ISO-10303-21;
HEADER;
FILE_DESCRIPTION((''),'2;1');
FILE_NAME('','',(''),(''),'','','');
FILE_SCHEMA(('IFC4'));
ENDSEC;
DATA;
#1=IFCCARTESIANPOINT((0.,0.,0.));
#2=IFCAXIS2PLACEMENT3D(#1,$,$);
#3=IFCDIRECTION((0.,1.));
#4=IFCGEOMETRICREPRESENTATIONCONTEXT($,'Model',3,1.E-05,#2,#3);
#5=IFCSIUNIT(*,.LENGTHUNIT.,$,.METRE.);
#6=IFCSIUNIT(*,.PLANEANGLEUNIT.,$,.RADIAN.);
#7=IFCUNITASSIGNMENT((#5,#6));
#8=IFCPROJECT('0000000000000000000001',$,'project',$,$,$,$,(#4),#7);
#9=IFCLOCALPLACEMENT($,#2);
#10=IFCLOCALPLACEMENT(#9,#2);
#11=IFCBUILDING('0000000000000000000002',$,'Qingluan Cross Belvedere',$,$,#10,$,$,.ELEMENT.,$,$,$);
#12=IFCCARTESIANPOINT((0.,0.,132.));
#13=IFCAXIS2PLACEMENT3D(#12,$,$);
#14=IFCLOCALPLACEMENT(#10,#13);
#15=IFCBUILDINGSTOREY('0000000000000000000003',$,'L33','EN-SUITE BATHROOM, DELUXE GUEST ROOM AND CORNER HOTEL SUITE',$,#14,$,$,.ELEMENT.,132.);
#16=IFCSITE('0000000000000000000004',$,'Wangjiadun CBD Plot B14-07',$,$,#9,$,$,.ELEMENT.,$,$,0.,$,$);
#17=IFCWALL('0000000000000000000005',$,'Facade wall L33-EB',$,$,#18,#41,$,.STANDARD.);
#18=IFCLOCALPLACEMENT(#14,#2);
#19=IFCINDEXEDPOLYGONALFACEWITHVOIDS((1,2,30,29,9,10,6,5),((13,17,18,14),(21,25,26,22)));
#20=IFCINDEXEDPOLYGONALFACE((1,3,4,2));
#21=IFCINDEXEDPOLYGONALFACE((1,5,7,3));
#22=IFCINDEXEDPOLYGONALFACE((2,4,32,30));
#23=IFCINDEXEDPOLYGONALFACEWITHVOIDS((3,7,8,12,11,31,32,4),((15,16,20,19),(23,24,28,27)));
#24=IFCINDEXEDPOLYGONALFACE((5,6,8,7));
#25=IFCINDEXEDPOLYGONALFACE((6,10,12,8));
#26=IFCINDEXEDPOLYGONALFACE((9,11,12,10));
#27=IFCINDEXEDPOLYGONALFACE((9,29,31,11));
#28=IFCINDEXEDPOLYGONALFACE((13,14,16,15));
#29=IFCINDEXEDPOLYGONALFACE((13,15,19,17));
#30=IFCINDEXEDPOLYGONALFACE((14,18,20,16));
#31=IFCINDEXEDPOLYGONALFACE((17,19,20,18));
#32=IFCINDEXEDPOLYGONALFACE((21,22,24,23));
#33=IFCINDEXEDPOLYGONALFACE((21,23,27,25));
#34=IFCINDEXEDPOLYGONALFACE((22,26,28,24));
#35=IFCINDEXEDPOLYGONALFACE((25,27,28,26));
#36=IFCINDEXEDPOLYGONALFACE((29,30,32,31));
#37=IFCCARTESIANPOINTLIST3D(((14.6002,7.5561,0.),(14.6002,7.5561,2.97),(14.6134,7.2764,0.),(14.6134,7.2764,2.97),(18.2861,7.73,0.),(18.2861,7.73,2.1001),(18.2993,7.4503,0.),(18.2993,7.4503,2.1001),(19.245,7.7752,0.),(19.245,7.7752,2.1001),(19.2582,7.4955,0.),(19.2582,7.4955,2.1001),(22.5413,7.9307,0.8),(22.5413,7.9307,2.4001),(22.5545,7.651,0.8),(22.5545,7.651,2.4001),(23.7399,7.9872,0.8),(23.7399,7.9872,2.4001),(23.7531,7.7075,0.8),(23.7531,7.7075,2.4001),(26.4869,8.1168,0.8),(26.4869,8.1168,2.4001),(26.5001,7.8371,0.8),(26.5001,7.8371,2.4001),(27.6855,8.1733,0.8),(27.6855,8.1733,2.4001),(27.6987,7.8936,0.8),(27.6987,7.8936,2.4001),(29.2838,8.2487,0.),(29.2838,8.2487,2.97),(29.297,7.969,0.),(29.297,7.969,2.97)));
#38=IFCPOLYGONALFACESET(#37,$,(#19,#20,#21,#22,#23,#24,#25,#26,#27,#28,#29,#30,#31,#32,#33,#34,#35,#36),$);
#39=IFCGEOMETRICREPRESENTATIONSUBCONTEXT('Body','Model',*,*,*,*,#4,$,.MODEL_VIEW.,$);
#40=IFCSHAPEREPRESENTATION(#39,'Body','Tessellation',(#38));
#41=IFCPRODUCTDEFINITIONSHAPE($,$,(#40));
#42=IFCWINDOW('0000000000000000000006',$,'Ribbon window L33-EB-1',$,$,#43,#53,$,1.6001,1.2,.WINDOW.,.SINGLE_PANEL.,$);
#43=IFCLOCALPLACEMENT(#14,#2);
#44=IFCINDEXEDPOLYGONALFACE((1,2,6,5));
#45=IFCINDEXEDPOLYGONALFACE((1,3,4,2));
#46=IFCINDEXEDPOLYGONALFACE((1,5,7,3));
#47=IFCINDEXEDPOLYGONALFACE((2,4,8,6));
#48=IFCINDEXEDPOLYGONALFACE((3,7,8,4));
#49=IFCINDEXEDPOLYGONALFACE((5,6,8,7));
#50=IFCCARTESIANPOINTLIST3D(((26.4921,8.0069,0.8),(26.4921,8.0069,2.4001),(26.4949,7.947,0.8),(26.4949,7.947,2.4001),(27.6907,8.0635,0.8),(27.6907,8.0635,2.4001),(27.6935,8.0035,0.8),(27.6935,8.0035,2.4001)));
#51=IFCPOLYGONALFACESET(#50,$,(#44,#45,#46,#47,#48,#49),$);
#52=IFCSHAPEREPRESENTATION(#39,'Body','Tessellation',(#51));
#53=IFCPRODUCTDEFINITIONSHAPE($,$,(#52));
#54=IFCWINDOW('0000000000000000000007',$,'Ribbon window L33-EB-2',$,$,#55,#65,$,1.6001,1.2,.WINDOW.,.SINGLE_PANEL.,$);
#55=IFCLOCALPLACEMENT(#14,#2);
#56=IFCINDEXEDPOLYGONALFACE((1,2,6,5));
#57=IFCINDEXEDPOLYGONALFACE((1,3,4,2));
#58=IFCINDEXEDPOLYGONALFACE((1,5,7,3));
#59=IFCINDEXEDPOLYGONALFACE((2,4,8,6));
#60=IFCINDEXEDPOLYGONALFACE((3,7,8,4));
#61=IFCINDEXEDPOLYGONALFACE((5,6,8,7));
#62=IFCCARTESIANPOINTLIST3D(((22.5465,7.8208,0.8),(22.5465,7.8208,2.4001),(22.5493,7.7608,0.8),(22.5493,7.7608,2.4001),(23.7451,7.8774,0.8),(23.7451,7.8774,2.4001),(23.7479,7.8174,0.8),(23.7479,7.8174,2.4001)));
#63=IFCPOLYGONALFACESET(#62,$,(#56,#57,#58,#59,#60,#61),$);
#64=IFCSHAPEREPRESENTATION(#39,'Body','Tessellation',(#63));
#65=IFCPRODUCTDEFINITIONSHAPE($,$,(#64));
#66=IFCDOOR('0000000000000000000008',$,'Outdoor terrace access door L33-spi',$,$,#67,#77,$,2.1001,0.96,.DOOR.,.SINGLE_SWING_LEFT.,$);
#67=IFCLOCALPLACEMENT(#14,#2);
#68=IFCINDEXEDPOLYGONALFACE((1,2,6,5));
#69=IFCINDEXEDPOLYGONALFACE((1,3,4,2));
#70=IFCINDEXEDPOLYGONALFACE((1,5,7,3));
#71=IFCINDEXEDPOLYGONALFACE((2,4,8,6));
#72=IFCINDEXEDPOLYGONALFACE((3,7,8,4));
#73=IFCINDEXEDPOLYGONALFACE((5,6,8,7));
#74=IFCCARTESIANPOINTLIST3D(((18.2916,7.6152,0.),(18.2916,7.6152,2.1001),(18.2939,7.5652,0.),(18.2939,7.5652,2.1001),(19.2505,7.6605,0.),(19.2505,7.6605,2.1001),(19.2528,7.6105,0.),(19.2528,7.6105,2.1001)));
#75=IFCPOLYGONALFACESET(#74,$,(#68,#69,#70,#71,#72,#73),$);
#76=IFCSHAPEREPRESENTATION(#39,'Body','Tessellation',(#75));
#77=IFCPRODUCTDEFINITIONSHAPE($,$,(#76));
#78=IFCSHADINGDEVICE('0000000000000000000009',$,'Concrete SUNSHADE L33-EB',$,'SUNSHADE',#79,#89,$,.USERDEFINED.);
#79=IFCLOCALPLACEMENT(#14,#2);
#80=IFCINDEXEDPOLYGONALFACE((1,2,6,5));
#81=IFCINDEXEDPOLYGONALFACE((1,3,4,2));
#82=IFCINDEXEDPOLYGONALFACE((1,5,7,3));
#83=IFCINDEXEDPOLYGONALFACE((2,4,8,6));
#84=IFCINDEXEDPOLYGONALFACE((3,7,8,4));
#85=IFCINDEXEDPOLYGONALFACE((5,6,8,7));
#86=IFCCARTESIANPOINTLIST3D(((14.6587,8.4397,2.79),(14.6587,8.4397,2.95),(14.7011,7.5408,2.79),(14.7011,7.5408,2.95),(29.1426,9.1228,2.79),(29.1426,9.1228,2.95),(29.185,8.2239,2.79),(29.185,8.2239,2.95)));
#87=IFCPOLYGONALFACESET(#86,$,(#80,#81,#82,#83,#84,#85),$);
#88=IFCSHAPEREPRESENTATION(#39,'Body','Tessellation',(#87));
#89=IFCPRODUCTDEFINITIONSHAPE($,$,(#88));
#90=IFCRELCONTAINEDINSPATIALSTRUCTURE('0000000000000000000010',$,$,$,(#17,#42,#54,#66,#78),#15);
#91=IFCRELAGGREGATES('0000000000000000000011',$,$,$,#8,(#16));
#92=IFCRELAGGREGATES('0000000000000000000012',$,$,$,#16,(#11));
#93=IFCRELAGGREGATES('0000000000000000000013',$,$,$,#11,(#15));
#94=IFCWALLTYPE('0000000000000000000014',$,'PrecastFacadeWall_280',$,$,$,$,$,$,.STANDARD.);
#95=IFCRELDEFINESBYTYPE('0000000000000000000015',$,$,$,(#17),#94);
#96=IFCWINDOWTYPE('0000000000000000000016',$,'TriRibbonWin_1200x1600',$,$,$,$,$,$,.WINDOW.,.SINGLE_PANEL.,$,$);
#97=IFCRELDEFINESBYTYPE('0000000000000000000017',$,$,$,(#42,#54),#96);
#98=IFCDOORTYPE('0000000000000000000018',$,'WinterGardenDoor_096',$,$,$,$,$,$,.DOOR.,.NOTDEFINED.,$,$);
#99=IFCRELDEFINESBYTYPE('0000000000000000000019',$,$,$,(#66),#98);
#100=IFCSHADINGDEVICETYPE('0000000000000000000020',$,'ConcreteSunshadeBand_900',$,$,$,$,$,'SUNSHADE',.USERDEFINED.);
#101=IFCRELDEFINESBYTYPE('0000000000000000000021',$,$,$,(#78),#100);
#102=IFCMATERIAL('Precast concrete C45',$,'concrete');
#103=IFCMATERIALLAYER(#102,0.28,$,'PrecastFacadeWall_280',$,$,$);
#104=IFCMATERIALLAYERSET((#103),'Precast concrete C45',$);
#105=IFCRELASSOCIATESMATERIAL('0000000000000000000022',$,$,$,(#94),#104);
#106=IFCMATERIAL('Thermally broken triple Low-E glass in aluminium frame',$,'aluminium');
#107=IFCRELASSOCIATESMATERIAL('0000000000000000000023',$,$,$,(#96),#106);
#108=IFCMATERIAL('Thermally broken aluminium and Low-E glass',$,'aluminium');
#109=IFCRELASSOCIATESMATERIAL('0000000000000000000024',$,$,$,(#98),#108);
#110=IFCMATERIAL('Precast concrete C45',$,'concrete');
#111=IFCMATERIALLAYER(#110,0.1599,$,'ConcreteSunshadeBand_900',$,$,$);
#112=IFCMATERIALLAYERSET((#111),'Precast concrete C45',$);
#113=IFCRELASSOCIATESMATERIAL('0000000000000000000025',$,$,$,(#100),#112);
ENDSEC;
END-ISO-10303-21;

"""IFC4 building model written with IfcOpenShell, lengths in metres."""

from ifc_helpers import new_model, si_unit, direction, frame, frame_2d, origin, origin_2d, place, context, subcontext, project, spatial, rectangle, extrude, material, layer, layer_set, type_object, element, fill, save


model = new_model("IFC4")

# Units and contexts
model_context = context("Model", 3, precision=1e-05, world=origin(), true_north=direction((0.0, 1.0)))
body_context = subcontext(model_context, "Body", "Model", "MODEL_VIEW")
ifc_project = project(units=[si_unit("LENGTHUNIT", "METRE"), si_unit("PLANEANGLEUNIT", "RADIAN")], contexts=[model_context])

# Site, building, storey
site_placement = place(None, origin())
site = spatial("IfcSite", under=ifc_project, at=site_placement, Name="Wangjiadun CBD Plot B14-07", CompositionType="ELEMENT", RefElevation=0.0)
building_placement = place(site_placement, origin())
building = spatial("IfcBuilding", under=site, at=building_placement, Name="Qingluan Cross Belvedere", CompositionType="ELEMENT")
storey_placement = place(building_placement, frame((0.0, 0.0, 132.0)))
storey = spatial("IfcBuildingStorey", under=building, at=storey_placement, Name="L33", Description="EN-SUITE BATHROOM, DELUXE GUEST ROOM AND CORNER HOTEL SUITE", CompositionType="ELEMENT", Elevation=132.0)

# Wall, openings, windows, door
ifc_material_1 = material(Name="Precast concrete C45", Category="concrete")
ifc_layer_1 = layer(ifc_material_1, 0.28, Name="PrecastFacadeWall_280")
ifc_layer_set_1 = layer_set([ifc_layer_1], Name="Precast concrete C45")
wall_type_1 = type_object("IfcWallType", Name="PrecastFacadeWall_280", PredefinedType="STANDARD", material=ifc_layer_set_1)
wall_1_placement = place(storey_placement, frame((29.2905, 8.1089, 0.0), z_axis=(0.0, 0.0, 1.0), x_axis=(-0.998889, -0.047118, 0.0)))
wall_1 = element("IfcWall", 1, at=wall_1_placement, inside=storey, type_object=wall_type_1, Name="Facade wall L33-EB", PredefinedType="STANDARD", context=body_context, shape_type="SweptSolid", body=[
    extrude(rectangle(XDim=14.7, YDim=0.28, at=frame_2d((7.3501, 0.0))), origin(), (0.0, 0.0, 1.0), 2.97),
])
opening_1_placement = place(wall_1_placement, frame((1.6001, 0.0, 0.8)))
opening_1 = element("IfcOpeningElement", 2, at=opening_1_placement, cuts=wall_1, PredefinedType="OPENING", context=body_context, shape_type="SweptSolid", body=[
    extrude(rectangle(XDim=1.2, YDim=1.6001, at=frame_2d((0.6001, 0.8))), frame((0.0, 0.1499, 0.0), z_axis=(0.0, -1.0, 0.0), x_axis=(1.0, 0.0, 0.0)), (0.0, 0.0, 1.0), 0.3),
])
opening_2_placement = place(wall_1_placement, frame((5.55, 0.0, 0.8)))
opening_2 = element("IfcOpeningElement", 3, at=opening_2_placement, cuts=wall_1, PredefinedType="OPENING", context=body_context, shape_type="SweptSolid", body=[
    extrude(rectangle(XDim=1.2, YDim=1.6001, at=frame_2d((0.6001, 0.8))), frame((0.0, 0.1499, 0.0), z_axis=(0.0, -1.0, 0.0), x_axis=(1.0, 0.0, 0.0)), (0.0, 0.0, 1.0), 0.3),
])
opening_3_placement = place(wall_1_placement, frame((10.05, 0.0, 0.0)))
opening_3 = element("IfcOpeningElement", 4, at=opening_3_placement, cuts=wall_1, PredefinedType="OPENING", context=body_context, shape_type="SweptSolid", body=[
    extrude(rectangle(XDim=0.96, YDim=2.1001, at=frame_2d((0.48, 1.05))), frame((0.0, 0.1499, 0.0), z_axis=(0.0, -1.0, 0.0), x_axis=(1.0, 0.0, 0.0)), (0.0, 0.0, 1.0), 0.3),
])
ifc_material_2 = material(Name="Thermally broken triple Low-E glass in aluminium frame", Category="aluminium")
window_type = type_object("IfcWindowType", Name="TriRibbonWin_1200x1600", PartitioningType="SINGLE_PANEL", PredefinedType="WINDOW", material=ifc_material_2)
window_1_placement = place(opening_1_placement, origin())
window_1 = element("IfcWindow", 5, at=window_1_placement, inside=storey, type_object=window_type, Name="Ribbon window L33-EB-1", OverallHeight=1.6001, OverallWidth=1.2, PartitioningType="SINGLE_PANEL", PredefinedType="WINDOW", context=body_context, shape_type="SweptSolid", body=[
    extrude(rectangle(XDim=1.2, YDim=1.6001, at=frame_2d((0.6001, 0.8))), frame((0.0, 0.03, 0.0), z_axis=(0.0, -1.0, 0.0), x_axis=(1.0, 0.0, 0.0)), (0.0, 0.0, 1.0), 0.0601),
])
fill(opening_1, window_1)
window_2_placement = place(opening_2_placement, origin())
window_2 = element("IfcWindow", 6, at=window_2_placement, inside=storey, type_object=window_type, Name="Ribbon window L33-EB-2", OverallHeight=1.6001, OverallWidth=1.2, PartitioningType="SINGLE_PANEL", PredefinedType="WINDOW", context=body_context, shape_type="SweptSolid", body=[
    extrude(rectangle(XDim=1.2, YDim=1.6001, at=frame_2d((0.6001, 0.8))), frame((0.0, 0.03, 0.0), z_axis=(0.0, -1.0, 0.0), x_axis=(1.0, 0.0, 0.0)), (0.0, 0.0, 1.0), 0.0601),
])
fill(opening_2, window_2)
ifc_material_3 = material(Name="Thermally broken aluminium and Low-E glass", Category="aluminium")
door_type_1 = type_object("IfcDoorType", Name="WinterGardenDoor_096", OperationType="NOTDEFINED", PredefinedType="DOOR", material=ifc_material_3)
door_1_placement = place(opening_3_placement, origin())
door_1 = element("IfcDoor", 7, at=door_1_placement, inside=storey, type_object=door_type_1, Name="Outdoor terrace access door L33-spi", OperationType="SINGLE_SWING_LEFT", OverallHeight=2.1001, OverallWidth=0.96, PredefinedType="DOOR", context=body_context, shape_type="SweptSolid", body=[
    extrude(rectangle(XDim=0.96, YDim=2.1001, at=frame_2d((0.48, 1.05))), frame((0.0, 0.0249, 0.0), z_axis=(0.0, -1.0, 0.0), x_axis=(1.0, 0.0, 0.0)), (0.0, 0.0, 1.0), 0.05),
])
fill(opening_3, door_1)

# Shading device
ifc_material_4 = material(Name="Precast concrete C45", Category="concrete")
ifc_layer_2 = layer(ifc_material_4, 0.1599, Name="ConcreteSunshadeBand_900")
ifc_layer_set_2 = layer_set([ifc_layer_2], Name="Precast concrete C45")
shading_device_type = type_object("IfcShadingDeviceType", Name="ConcreteSunshadeBand_900", ElementType="SUNSHADE", PredefinedType="USERDEFINED", material=ifc_layer_set_2)
shading_device_placement = place(storey_placement, frame((21.9219, 8.3318, 2.79), z_axis=(0.0, 0.0, 1.0), x_axis=(-0.99889, -0.047109, 0.0)))
element("IfcShadingDevice", 8, at=shading_device_placement, inside=storey, type_object=shading_device_type, Name="Concrete SUNSHADE L33-EB", ObjectType="SUNSHADE", PredefinedType="USERDEFINED", context=body_context, shape_type="SweptSolid", body=[
    extrude(rectangle(XDim=14.5, YDim=0.8999, at=origin_2d()), origin(), (0.0, 0.0, 1.0), 0.1599),
])

save(model, "model.ifc")
